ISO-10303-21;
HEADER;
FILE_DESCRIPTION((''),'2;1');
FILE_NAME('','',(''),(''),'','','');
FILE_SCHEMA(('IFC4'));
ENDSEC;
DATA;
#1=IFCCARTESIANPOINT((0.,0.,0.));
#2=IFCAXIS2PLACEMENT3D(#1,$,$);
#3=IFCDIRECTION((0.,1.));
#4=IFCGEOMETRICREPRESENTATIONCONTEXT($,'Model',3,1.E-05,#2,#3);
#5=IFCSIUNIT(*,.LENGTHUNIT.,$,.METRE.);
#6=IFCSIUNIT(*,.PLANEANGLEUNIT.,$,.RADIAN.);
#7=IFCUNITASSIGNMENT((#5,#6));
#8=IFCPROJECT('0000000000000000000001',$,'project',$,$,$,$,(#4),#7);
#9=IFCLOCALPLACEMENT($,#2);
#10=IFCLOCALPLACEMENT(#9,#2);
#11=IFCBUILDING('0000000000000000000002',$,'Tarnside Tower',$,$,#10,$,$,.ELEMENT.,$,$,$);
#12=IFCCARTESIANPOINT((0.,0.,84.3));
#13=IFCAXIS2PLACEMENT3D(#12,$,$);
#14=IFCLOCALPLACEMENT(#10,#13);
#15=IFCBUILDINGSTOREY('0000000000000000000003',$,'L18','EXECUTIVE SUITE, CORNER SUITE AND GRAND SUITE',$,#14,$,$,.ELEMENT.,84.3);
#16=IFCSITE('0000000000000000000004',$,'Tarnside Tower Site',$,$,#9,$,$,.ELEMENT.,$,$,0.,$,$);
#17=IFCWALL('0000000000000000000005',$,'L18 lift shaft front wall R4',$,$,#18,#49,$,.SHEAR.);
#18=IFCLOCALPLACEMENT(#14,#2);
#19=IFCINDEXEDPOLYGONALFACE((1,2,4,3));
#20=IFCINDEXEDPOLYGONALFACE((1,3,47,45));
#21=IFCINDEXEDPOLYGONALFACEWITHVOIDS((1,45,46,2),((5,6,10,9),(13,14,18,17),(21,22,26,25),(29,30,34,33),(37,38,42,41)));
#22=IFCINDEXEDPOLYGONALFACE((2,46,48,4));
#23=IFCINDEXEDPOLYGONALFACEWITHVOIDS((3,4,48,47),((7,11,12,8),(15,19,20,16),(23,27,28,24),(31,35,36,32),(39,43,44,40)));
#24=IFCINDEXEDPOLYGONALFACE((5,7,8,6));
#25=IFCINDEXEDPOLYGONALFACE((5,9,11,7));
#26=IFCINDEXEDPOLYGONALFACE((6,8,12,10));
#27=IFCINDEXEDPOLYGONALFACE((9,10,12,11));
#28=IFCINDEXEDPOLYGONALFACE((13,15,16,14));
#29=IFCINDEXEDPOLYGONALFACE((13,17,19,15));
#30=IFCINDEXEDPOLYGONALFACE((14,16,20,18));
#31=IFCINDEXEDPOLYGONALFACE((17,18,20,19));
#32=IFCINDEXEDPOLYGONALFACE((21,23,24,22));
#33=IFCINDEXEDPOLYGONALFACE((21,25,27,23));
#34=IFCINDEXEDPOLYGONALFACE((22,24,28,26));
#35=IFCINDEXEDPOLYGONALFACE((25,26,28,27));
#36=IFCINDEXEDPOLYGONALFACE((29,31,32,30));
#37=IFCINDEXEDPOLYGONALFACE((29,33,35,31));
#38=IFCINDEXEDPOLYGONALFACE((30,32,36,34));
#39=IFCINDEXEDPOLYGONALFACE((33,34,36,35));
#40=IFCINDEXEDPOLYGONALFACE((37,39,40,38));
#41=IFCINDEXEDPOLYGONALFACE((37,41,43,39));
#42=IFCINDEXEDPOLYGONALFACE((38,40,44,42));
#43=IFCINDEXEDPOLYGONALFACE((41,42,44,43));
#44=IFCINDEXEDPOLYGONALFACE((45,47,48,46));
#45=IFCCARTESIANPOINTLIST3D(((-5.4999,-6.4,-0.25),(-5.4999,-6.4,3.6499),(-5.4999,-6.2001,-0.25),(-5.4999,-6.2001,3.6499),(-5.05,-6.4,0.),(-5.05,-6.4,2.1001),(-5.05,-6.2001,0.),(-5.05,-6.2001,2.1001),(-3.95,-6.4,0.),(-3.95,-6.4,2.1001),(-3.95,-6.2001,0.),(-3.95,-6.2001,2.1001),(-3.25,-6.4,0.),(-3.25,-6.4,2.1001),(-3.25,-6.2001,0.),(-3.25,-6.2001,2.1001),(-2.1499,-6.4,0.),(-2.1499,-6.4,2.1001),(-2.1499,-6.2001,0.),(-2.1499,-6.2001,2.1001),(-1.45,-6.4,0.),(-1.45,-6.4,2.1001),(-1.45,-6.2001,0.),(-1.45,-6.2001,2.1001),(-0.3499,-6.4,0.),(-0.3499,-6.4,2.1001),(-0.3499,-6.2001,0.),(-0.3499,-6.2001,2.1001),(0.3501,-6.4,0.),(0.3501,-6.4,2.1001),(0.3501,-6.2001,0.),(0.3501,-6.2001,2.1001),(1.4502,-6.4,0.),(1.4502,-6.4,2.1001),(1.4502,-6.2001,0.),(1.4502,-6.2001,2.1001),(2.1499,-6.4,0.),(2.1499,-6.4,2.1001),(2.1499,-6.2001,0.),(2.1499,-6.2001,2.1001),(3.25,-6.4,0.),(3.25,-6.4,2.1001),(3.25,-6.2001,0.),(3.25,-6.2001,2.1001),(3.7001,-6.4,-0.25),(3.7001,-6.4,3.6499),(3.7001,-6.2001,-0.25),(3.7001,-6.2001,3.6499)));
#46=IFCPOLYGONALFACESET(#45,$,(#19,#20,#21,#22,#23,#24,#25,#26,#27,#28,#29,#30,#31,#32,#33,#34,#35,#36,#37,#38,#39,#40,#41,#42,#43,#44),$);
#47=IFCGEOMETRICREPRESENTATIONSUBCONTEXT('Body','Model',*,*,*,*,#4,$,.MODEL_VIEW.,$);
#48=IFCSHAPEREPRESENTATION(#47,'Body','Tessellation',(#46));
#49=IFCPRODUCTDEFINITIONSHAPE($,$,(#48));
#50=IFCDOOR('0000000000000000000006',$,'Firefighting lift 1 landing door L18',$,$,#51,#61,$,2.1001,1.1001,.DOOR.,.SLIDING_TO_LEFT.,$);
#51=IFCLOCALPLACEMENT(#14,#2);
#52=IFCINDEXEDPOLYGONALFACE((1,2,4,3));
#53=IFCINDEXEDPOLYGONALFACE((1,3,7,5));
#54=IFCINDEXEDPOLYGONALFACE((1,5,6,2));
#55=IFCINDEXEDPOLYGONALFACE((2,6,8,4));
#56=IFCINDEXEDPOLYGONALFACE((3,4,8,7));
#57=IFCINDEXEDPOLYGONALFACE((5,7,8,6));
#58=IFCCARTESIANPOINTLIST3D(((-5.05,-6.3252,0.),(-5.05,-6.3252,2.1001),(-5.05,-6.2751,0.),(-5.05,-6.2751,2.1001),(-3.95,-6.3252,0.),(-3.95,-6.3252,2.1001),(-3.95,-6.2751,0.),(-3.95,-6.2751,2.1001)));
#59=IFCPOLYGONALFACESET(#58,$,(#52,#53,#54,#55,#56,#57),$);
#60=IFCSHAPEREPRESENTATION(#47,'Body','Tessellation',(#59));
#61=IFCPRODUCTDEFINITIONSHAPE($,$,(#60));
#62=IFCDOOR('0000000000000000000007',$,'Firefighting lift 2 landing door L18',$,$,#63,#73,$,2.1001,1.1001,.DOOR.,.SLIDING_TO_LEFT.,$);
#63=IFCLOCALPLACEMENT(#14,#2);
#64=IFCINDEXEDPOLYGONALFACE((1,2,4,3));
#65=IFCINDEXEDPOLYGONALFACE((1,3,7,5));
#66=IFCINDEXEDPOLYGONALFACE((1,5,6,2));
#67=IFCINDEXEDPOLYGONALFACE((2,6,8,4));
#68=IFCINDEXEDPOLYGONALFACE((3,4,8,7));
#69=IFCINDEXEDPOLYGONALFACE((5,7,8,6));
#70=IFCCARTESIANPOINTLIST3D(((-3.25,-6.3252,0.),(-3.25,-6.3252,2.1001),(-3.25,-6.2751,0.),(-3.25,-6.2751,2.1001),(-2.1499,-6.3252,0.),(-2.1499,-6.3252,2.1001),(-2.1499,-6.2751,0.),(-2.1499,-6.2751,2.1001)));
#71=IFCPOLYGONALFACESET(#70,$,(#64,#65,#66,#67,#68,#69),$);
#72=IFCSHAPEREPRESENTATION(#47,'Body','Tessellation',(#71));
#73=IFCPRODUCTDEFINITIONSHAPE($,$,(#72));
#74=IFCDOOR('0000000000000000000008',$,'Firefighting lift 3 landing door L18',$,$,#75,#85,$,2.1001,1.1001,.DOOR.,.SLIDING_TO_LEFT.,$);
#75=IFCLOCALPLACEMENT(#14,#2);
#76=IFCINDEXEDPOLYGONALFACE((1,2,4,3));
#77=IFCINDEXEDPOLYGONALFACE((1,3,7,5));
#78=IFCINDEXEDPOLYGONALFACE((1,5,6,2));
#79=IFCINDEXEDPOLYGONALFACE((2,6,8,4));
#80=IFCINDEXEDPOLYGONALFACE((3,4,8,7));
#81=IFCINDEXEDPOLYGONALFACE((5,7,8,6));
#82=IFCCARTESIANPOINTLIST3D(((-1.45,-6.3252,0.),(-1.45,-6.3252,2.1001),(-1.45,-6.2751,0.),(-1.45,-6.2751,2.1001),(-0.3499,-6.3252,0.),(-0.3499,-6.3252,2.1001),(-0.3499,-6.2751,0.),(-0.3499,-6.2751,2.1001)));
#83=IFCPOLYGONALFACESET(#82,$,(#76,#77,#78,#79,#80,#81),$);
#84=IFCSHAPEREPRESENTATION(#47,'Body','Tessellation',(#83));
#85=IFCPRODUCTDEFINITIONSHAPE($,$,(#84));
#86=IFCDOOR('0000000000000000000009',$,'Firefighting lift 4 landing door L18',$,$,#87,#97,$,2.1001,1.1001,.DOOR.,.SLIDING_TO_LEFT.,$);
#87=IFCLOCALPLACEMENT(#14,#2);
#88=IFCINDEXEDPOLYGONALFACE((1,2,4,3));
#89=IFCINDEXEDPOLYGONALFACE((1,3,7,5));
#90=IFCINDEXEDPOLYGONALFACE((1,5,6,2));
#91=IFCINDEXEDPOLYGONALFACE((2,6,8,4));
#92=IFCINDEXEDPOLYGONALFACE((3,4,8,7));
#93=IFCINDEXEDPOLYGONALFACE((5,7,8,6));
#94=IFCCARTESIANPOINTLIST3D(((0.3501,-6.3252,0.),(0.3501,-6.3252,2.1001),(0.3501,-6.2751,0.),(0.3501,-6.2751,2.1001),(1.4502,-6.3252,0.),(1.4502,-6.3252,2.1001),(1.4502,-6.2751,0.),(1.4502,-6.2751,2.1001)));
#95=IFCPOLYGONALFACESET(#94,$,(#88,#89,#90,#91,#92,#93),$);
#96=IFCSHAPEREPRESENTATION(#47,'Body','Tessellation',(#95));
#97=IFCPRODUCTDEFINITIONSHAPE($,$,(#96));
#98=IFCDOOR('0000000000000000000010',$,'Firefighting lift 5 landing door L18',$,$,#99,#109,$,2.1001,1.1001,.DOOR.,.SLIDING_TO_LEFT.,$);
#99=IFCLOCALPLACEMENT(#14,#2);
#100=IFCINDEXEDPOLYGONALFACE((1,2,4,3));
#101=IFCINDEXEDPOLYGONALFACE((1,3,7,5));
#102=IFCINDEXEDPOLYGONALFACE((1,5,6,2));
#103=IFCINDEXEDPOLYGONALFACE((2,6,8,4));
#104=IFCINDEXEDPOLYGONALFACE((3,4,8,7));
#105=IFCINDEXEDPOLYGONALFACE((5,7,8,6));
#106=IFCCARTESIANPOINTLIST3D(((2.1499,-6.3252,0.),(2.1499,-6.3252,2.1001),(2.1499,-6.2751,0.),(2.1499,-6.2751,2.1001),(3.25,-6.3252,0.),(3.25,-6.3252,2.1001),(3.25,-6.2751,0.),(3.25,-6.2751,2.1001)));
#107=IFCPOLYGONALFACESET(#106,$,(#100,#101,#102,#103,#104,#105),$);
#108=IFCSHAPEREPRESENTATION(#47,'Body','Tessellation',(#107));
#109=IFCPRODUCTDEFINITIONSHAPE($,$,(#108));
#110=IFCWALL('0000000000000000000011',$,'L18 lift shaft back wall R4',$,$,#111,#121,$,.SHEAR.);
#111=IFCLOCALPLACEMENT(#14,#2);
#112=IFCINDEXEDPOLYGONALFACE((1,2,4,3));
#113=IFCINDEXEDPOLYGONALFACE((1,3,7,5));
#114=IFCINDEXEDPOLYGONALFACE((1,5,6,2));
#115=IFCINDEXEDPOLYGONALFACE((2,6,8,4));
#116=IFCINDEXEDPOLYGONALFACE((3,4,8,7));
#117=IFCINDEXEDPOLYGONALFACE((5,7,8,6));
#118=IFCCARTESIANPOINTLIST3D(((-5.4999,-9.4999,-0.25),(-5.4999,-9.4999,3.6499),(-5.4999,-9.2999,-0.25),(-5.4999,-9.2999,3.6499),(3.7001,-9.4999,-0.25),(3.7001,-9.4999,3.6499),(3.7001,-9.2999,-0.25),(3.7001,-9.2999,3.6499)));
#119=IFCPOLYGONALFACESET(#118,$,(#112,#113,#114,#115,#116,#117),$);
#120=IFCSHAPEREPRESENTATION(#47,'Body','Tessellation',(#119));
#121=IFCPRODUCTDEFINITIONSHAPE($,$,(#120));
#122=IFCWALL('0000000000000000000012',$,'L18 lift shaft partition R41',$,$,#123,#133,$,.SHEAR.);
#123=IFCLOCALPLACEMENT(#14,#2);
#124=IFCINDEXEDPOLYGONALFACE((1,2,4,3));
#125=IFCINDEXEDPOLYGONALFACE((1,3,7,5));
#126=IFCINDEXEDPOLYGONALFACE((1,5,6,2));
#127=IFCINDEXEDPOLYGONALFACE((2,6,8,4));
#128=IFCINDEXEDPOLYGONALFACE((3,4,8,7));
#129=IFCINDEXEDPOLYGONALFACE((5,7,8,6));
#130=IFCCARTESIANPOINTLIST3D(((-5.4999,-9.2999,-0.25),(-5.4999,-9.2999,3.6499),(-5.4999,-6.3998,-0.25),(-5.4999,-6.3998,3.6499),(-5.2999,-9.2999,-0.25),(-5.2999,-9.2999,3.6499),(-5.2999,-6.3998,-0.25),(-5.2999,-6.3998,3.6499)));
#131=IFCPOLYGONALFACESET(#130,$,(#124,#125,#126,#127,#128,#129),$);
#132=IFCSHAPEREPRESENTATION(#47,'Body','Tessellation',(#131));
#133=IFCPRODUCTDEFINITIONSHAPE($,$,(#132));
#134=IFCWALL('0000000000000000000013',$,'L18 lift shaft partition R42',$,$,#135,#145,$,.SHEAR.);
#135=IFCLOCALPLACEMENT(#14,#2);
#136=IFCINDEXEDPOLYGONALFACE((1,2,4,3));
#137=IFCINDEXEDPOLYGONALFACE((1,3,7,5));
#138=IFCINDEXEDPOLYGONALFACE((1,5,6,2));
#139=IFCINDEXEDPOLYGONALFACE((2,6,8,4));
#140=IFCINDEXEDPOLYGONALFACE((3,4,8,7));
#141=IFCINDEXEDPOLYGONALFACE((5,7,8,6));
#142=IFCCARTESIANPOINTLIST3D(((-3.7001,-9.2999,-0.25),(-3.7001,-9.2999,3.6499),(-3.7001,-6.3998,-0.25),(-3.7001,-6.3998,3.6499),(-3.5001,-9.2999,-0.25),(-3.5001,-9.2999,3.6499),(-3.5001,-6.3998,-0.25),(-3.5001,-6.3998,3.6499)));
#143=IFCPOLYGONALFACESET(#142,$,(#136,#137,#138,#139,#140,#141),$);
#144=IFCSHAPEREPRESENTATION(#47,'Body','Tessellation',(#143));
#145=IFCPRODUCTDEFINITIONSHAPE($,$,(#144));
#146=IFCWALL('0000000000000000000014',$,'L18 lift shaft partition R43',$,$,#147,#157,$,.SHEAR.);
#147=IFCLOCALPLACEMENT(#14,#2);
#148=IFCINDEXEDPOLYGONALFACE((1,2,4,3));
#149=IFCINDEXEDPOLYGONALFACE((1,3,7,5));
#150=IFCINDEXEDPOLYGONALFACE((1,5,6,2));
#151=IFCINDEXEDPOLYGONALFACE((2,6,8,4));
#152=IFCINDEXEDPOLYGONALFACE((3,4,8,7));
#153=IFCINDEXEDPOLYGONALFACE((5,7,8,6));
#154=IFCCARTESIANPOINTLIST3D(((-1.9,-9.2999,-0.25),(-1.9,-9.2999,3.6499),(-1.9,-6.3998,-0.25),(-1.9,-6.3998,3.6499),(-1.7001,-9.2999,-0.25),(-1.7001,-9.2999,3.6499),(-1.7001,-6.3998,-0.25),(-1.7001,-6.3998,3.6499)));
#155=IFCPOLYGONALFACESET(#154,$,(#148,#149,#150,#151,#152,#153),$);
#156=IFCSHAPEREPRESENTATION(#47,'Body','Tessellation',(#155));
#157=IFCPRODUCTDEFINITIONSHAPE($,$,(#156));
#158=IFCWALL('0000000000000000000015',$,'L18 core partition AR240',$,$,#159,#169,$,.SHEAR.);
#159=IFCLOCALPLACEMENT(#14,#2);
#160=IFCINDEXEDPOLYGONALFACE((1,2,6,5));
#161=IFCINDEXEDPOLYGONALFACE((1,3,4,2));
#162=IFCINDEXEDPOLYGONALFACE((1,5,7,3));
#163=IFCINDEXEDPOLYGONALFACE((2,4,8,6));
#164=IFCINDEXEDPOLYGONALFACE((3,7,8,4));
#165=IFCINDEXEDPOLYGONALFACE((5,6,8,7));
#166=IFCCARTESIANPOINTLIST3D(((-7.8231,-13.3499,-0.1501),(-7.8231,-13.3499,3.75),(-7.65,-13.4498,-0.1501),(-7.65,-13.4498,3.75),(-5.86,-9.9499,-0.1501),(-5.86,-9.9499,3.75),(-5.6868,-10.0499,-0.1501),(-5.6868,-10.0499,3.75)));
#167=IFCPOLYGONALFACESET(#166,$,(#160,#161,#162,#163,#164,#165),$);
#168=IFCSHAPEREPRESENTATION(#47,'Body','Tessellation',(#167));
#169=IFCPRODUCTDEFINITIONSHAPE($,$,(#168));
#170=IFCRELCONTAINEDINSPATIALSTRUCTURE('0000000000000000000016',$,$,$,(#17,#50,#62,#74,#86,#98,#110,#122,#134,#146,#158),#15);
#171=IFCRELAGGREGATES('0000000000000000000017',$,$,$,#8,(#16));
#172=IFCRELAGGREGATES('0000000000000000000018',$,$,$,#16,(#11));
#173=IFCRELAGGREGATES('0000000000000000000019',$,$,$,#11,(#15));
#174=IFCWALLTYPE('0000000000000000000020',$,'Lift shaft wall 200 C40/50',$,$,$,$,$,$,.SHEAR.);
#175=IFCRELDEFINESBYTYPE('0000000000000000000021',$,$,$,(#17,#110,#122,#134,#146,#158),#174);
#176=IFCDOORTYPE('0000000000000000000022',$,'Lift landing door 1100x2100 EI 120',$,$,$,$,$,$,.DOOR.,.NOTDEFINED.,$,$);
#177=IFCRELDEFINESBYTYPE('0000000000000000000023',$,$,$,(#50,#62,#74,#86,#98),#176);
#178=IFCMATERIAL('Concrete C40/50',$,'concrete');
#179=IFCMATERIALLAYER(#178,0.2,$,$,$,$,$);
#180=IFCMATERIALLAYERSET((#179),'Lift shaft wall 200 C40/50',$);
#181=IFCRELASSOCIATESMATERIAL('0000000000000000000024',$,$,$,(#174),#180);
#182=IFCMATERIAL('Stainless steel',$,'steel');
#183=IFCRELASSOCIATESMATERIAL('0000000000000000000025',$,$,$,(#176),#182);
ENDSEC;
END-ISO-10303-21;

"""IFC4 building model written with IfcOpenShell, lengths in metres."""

from ifc_helpers import new_model, si_unit, direction, frame, frame_2d, origin, place, context, subcontext, project, spatial, rectangle, extrude, material, layer, layer_set, type_object, element, fill, save


model = new_model("IFC4")

# Units and contexts
model_context = context("Model", 3, precision=1e-05, world=origin(), true_north=direction((0.0, 1.0)))
body_context = subcontext(model_context, "Body", "Model", "MODEL_VIEW")
ifc_project = project(units=[si_unit("LENGTHUNIT", "METRE"), si_unit("PLANEANGLEUNIT", "RADIAN")], contexts=[model_context])

# Site, building, storey
site_placement = place(None, origin())
site = spatial("IfcSite", under=ifc_project, at=site_placement, Name="Tarnside Tower Site", CompositionType="ELEMENT", RefElevation=0.0)
building_placement = place(site_placement, origin())
building = spatial("IfcBuilding", under=site, at=building_placement, Name="Tarnside Tower", CompositionType="ELEMENT")
storey_placement = place(building_placement, frame((0.0, 0.0, 84.3)))
storey = spatial("IfcBuildingStorey", under=building, at=storey_placement, Name="L18", Description="EXECUTIVE SUITE, CORNER SUITE AND GRAND SUITE", CompositionType="ELEMENT", Elevation=84.3)

# Wall, openings, doors
ifc_material_1 = material(Name="Concrete C40/50", Category="concrete")
ifc_layer_1 = layer(ifc_material_1, 0.2)
ifc_layer_set_1 = layer_set([ifc_layer_1], Name="Lift shaft wall 200 C40/50")
wall_type_1 = type_object("IfcWallType", Name="Lift shaft wall 200 C40/50", PredefinedType="SHEAR", material=ifc_layer_set_1)
wall_1_placement = place(storey_placement, frame((-5.5, -6.3, -0.25), z_axis=(0.0, 0.0, 1.0), x_axis=(1.0, 0.0, 0.0)))
wall_1 = element("IfcWall", 1, at=wall_1_placement, inside=storey, type_object=wall_type_1, Name="L18 lift shaft front wall R4", PredefinedType="SHEAR", context=body_context, shape_type="SweptSolid", body=[
    extrude(rectangle(XDim=9.2, YDim=0.2, at=frame_2d((4.6001, 0.0))), origin(), (0.0, 0.0, 1.0), 3.8999),
])
opening_1_placement = place(wall_1_placement, frame((0.45, 0.0, 0.25)))
opening_1 = element("IfcOpeningElement", 2, at=opening_1_placement, cuts=wall_1, PredefinedType="OPENING", context=body_context, shape_type="SweptSolid", body=[
    extrude(rectangle(XDim=1.1001, YDim=2.1001, at=frame_2d((0.55, 1.05))), frame((0.0, 0.1099, 0.0), z_axis=(0.0, -1.0, 0.0), x_axis=(1.0, 0.0, 0.0)), (0.0, 0.0, 1.0), 0.22),
])
opening_2_placement = place(wall_1_placement, frame((2.25, 0.0, 0.25)))
opening_2 = element("IfcOpeningElement", 3, at=opening_2_placement, cuts=wall_1, PredefinedType="OPENING", context=body_context, shape_type="SweptSolid", body=[
    extrude(rectangle(XDim=1.1001, YDim=2.1001, at=frame_2d((0.55, 1.05))), frame((0.0, 0.1099, 0.0), z_axis=(0.0, -1.0, 0.0), x_axis=(1.0, 0.0, 0.0)), (0.0, 0.0, 1.0), 0.22),
])
opening_3_placement = place(wall_1_placement, frame((4.05, 0.0, 0.25)))
opening_3 = element("IfcOpeningElement", 4, at=opening_3_placement, cuts=wall_1, PredefinedType="OPENING", context=body_context, shape_type="SweptSolid", body=[
    extrude(rectangle(XDim=1.1001, YDim=2.1001, at=frame_2d((0.55, 1.05))), frame((0.0, 0.1099, 0.0), z_axis=(0.0, -1.0, 0.0), x_axis=(1.0, 0.0, 0.0)), (0.0, 0.0, 1.0), 0.22),
])
opening_4_placement = place(wall_1_placement, frame((5.8501, 0.0, 0.25)))
opening_4 = element("IfcOpeningElement", 5, at=opening_4_placement, cuts=wall_1, PredefinedType="OPENING", context=body_context, shape_type="SweptSolid", body=[
    extrude(rectangle(XDim=1.1001, YDim=2.1001, at=frame_2d((0.55, 1.05))), frame((0.0, 0.1099, 0.0), z_axis=(0.0, -1.0, 0.0), x_axis=(1.0, 0.0, 0.0)), (0.0, 0.0, 1.0), 0.22),
])
opening_5_placement = place(wall_1_placement, frame((7.6499, 0.0, 0.25)))
opening_5 = element("IfcOpeningElement", 6, at=opening_5_placement, cuts=wall_1, PredefinedType="OPENING", context=body_context, shape_type="SweptSolid", body=[
    extrude(rectangle(XDim=1.1001, YDim=2.1001, at=frame_2d((0.55, 1.05))), frame((0.0, 0.1099, 0.0), z_axis=(0.0, -1.0, 0.0), x_axis=(1.0, 0.0, 0.0)), (0.0, 0.0, 1.0), 0.22),
])
ifc_material_2 = material(Name="Stainless steel", Category="steel")
door_type_1 = type_object("IfcDoorType", Name="Lift landing door 1100x2100 EI 120", OperationType="NOTDEFINED", PredefinedType="DOOR", material=ifc_material_2)
door_1_placement = place(opening_1_placement, origin())
door_1 = element("IfcDoor", 7, at=door_1_placement, inside=storey, type_object=door_type_1, Name="Firefighting lift 1 landing door L18", OperationType="SLIDING_TO_LEFT", OverallHeight=2.1001, OverallWidth=1.1001, PredefinedType="DOOR", context=body_context, shape_type="SweptSolid", body=[
    extrude(rectangle(XDim=1.1001, YDim=2.1001, at=frame_2d((0.55, 1.05))), frame((0.0, 0.0249, 0.0), z_axis=(0.0, -1.0, 0.0), x_axis=(1.0, 0.0, 0.0)), (0.0, 0.0, 1.0), 0.05),
])
fill(opening_1, door_1)
door_2_placement = place(opening_2_placement, origin())
door_2 = element("IfcDoor", 8, at=door_2_placement, inside=storey, type_object=door_type_1, Name="Firefighting lift 2 landing door L18", OperationType="SLIDING_TO_LEFT", OverallHeight=2.1001, OverallWidth=1.1001, PredefinedType="DOOR", context=body_context, shape_type="SweptSolid", body=[
    extrude(rectangle(XDim=1.1001, YDim=2.1001, at=frame_2d((0.55, 1.05))), frame((0.0, 0.0249, 0.0), z_axis=(0.0, -1.0, 0.0), x_axis=(1.0, 0.0, 0.0)), (0.0, 0.0, 1.0), 0.05),
])
fill(opening_2, door_2)
door_3_placement = place(opening_3_placement, origin())
door_3 = element("IfcDoor", 9, at=door_3_placement, inside=storey, type_object=door_type_1, Name="Firefighting lift 3 landing door L18", OperationType="SLIDING_TO_LEFT", OverallHeight=2.1001, OverallWidth=1.1001, PredefinedType="DOOR", context=body_context, shape_type="SweptSolid", body=[
    extrude(rectangle(XDim=1.1001, YDim=2.1001, at=frame_2d((0.55, 1.05))), frame((0.0, 0.0249, 0.0), z_axis=(0.0, -1.0, 0.0), x_axis=(1.0, 0.0, 0.0)), (0.0, 0.0, 1.0), 0.05),
])
fill(opening_3, door_3)
door_4_placement = place(opening_4_placement, origin())
door_4 = element("IfcDoor", 10, at=door_4_placement, inside=storey, type_object=door_type_1, Name="Firefighting lift 4 landing door L18", OperationType="SLIDING_TO_LEFT", OverallHeight=2.1001, OverallWidth=1.1001, PredefinedType="DOOR", context=body_context, shape_type="SweptSolid", body=[
    extrude(rectangle(XDim=1.1001, YDim=2.1001, at=frame_2d((0.55, 1.05))), frame((0.0, 0.0249, 0.0), z_axis=(0.0, -1.0, 0.0), x_axis=(1.0, 0.0, 0.0)), (0.0, 0.0, 1.0), 0.05),
])
fill(opening_4, door_4)
door_5_placement = place(opening_5_placement, origin())
door_5 = element("IfcDoor", 11, at=door_5_placement, inside=storey, type_object=door_type_1, Name="Firefighting lift 5 landing door L18", OperationType="SLIDING_TO_LEFT", OverallHeight=2.1001, OverallWidth=1.1001, PredefinedType="DOOR", context=body_context, shape_type="SweptSolid", body=[
    extrude(rectangle(XDim=1.1001, YDim=2.1001, at=frame_2d((0.55, 1.05))), frame((0.0, 0.0249, 0.0), z_axis=(0.0, -1.0, 0.0), x_axis=(1.0, 0.0, 0.0)), (0.0, 0.0, 1.0), 0.05),
])
fill(opening_5, door_5)

# Walls
wall_2_placement = place(storey_placement, frame((-5.5, -9.3999, -0.25), z_axis=(0.0, 0.0, 1.0), x_axis=(1.0, 0.0, 0.0)))
element("IfcWall", 12, at=wall_2_placement, inside=storey, type_object=wall_type_1, Name="L18 lift shaft back wall R4", PredefinedType="SHEAR", context=body_context, shape_type="SweptSolid", body=[
    extrude(rectangle(XDim=9.2, YDim=0.2, at=frame_2d((4.6001, 0.0))), origin(), (0.0, 0.0, 1.0), 3.8999),
])
for number, where, z_axis, x_axis, name in (
    (13, (-5.3999, -9.3, -0.25), (0.0, 0.0, 1.0), (0.0, 1.0, 0.0), "L18 lift shaft partition R41"),
    (14, (-3.6001, -9.3, -0.25), (0.0, 0.0, 1.0), (0.0, 1.0, 0.0), "L18 lift shaft partition R42"),
    (15, (-1.8, -9.3, -0.25), (0.0, 0.0, 1.0), (0.0, 1.0, 0.0), "L18 lift shaft partition R43"),
):
    element("IfcWall", number, at=place(storey_placement, frame(where, z_axis=z_axis, x_axis=x_axis)), inside=storey, type_object=wall_type_1, Name=name, PredefinedType="SHEAR", context=body_context, shape_type="SweptSolid", body=[
        extrude(rectangle(XDim=2.9001, YDim=0.2, at=frame_2d((1.4502, 0.0))), origin(), (0.0, 0.0, 1.0), 3.8999),
    ])
wall_3_placement = place(storey_placement, frame((-5.7734, -10.0, -0.1501), z_axis=(0.0, 0.0, 1.0), x_axis=(-0.500038, -0.866003, 0.0)))
element("IfcWall", 16, at=wall_3_placement, inside=storey, type_object=wall_type_1, Name="L18 core partition AR240", PredefinedType="SHEAR", context=body_context, shape_type="SweptSolid", body=[
    extrude(rectangle(XDim=3.926, YDim=0.2, at=frame_2d((1.9629, 0.0))), origin(), (0.0, 0.0, 1.0), 3.9001),
])

save(model, "model.ifc")
